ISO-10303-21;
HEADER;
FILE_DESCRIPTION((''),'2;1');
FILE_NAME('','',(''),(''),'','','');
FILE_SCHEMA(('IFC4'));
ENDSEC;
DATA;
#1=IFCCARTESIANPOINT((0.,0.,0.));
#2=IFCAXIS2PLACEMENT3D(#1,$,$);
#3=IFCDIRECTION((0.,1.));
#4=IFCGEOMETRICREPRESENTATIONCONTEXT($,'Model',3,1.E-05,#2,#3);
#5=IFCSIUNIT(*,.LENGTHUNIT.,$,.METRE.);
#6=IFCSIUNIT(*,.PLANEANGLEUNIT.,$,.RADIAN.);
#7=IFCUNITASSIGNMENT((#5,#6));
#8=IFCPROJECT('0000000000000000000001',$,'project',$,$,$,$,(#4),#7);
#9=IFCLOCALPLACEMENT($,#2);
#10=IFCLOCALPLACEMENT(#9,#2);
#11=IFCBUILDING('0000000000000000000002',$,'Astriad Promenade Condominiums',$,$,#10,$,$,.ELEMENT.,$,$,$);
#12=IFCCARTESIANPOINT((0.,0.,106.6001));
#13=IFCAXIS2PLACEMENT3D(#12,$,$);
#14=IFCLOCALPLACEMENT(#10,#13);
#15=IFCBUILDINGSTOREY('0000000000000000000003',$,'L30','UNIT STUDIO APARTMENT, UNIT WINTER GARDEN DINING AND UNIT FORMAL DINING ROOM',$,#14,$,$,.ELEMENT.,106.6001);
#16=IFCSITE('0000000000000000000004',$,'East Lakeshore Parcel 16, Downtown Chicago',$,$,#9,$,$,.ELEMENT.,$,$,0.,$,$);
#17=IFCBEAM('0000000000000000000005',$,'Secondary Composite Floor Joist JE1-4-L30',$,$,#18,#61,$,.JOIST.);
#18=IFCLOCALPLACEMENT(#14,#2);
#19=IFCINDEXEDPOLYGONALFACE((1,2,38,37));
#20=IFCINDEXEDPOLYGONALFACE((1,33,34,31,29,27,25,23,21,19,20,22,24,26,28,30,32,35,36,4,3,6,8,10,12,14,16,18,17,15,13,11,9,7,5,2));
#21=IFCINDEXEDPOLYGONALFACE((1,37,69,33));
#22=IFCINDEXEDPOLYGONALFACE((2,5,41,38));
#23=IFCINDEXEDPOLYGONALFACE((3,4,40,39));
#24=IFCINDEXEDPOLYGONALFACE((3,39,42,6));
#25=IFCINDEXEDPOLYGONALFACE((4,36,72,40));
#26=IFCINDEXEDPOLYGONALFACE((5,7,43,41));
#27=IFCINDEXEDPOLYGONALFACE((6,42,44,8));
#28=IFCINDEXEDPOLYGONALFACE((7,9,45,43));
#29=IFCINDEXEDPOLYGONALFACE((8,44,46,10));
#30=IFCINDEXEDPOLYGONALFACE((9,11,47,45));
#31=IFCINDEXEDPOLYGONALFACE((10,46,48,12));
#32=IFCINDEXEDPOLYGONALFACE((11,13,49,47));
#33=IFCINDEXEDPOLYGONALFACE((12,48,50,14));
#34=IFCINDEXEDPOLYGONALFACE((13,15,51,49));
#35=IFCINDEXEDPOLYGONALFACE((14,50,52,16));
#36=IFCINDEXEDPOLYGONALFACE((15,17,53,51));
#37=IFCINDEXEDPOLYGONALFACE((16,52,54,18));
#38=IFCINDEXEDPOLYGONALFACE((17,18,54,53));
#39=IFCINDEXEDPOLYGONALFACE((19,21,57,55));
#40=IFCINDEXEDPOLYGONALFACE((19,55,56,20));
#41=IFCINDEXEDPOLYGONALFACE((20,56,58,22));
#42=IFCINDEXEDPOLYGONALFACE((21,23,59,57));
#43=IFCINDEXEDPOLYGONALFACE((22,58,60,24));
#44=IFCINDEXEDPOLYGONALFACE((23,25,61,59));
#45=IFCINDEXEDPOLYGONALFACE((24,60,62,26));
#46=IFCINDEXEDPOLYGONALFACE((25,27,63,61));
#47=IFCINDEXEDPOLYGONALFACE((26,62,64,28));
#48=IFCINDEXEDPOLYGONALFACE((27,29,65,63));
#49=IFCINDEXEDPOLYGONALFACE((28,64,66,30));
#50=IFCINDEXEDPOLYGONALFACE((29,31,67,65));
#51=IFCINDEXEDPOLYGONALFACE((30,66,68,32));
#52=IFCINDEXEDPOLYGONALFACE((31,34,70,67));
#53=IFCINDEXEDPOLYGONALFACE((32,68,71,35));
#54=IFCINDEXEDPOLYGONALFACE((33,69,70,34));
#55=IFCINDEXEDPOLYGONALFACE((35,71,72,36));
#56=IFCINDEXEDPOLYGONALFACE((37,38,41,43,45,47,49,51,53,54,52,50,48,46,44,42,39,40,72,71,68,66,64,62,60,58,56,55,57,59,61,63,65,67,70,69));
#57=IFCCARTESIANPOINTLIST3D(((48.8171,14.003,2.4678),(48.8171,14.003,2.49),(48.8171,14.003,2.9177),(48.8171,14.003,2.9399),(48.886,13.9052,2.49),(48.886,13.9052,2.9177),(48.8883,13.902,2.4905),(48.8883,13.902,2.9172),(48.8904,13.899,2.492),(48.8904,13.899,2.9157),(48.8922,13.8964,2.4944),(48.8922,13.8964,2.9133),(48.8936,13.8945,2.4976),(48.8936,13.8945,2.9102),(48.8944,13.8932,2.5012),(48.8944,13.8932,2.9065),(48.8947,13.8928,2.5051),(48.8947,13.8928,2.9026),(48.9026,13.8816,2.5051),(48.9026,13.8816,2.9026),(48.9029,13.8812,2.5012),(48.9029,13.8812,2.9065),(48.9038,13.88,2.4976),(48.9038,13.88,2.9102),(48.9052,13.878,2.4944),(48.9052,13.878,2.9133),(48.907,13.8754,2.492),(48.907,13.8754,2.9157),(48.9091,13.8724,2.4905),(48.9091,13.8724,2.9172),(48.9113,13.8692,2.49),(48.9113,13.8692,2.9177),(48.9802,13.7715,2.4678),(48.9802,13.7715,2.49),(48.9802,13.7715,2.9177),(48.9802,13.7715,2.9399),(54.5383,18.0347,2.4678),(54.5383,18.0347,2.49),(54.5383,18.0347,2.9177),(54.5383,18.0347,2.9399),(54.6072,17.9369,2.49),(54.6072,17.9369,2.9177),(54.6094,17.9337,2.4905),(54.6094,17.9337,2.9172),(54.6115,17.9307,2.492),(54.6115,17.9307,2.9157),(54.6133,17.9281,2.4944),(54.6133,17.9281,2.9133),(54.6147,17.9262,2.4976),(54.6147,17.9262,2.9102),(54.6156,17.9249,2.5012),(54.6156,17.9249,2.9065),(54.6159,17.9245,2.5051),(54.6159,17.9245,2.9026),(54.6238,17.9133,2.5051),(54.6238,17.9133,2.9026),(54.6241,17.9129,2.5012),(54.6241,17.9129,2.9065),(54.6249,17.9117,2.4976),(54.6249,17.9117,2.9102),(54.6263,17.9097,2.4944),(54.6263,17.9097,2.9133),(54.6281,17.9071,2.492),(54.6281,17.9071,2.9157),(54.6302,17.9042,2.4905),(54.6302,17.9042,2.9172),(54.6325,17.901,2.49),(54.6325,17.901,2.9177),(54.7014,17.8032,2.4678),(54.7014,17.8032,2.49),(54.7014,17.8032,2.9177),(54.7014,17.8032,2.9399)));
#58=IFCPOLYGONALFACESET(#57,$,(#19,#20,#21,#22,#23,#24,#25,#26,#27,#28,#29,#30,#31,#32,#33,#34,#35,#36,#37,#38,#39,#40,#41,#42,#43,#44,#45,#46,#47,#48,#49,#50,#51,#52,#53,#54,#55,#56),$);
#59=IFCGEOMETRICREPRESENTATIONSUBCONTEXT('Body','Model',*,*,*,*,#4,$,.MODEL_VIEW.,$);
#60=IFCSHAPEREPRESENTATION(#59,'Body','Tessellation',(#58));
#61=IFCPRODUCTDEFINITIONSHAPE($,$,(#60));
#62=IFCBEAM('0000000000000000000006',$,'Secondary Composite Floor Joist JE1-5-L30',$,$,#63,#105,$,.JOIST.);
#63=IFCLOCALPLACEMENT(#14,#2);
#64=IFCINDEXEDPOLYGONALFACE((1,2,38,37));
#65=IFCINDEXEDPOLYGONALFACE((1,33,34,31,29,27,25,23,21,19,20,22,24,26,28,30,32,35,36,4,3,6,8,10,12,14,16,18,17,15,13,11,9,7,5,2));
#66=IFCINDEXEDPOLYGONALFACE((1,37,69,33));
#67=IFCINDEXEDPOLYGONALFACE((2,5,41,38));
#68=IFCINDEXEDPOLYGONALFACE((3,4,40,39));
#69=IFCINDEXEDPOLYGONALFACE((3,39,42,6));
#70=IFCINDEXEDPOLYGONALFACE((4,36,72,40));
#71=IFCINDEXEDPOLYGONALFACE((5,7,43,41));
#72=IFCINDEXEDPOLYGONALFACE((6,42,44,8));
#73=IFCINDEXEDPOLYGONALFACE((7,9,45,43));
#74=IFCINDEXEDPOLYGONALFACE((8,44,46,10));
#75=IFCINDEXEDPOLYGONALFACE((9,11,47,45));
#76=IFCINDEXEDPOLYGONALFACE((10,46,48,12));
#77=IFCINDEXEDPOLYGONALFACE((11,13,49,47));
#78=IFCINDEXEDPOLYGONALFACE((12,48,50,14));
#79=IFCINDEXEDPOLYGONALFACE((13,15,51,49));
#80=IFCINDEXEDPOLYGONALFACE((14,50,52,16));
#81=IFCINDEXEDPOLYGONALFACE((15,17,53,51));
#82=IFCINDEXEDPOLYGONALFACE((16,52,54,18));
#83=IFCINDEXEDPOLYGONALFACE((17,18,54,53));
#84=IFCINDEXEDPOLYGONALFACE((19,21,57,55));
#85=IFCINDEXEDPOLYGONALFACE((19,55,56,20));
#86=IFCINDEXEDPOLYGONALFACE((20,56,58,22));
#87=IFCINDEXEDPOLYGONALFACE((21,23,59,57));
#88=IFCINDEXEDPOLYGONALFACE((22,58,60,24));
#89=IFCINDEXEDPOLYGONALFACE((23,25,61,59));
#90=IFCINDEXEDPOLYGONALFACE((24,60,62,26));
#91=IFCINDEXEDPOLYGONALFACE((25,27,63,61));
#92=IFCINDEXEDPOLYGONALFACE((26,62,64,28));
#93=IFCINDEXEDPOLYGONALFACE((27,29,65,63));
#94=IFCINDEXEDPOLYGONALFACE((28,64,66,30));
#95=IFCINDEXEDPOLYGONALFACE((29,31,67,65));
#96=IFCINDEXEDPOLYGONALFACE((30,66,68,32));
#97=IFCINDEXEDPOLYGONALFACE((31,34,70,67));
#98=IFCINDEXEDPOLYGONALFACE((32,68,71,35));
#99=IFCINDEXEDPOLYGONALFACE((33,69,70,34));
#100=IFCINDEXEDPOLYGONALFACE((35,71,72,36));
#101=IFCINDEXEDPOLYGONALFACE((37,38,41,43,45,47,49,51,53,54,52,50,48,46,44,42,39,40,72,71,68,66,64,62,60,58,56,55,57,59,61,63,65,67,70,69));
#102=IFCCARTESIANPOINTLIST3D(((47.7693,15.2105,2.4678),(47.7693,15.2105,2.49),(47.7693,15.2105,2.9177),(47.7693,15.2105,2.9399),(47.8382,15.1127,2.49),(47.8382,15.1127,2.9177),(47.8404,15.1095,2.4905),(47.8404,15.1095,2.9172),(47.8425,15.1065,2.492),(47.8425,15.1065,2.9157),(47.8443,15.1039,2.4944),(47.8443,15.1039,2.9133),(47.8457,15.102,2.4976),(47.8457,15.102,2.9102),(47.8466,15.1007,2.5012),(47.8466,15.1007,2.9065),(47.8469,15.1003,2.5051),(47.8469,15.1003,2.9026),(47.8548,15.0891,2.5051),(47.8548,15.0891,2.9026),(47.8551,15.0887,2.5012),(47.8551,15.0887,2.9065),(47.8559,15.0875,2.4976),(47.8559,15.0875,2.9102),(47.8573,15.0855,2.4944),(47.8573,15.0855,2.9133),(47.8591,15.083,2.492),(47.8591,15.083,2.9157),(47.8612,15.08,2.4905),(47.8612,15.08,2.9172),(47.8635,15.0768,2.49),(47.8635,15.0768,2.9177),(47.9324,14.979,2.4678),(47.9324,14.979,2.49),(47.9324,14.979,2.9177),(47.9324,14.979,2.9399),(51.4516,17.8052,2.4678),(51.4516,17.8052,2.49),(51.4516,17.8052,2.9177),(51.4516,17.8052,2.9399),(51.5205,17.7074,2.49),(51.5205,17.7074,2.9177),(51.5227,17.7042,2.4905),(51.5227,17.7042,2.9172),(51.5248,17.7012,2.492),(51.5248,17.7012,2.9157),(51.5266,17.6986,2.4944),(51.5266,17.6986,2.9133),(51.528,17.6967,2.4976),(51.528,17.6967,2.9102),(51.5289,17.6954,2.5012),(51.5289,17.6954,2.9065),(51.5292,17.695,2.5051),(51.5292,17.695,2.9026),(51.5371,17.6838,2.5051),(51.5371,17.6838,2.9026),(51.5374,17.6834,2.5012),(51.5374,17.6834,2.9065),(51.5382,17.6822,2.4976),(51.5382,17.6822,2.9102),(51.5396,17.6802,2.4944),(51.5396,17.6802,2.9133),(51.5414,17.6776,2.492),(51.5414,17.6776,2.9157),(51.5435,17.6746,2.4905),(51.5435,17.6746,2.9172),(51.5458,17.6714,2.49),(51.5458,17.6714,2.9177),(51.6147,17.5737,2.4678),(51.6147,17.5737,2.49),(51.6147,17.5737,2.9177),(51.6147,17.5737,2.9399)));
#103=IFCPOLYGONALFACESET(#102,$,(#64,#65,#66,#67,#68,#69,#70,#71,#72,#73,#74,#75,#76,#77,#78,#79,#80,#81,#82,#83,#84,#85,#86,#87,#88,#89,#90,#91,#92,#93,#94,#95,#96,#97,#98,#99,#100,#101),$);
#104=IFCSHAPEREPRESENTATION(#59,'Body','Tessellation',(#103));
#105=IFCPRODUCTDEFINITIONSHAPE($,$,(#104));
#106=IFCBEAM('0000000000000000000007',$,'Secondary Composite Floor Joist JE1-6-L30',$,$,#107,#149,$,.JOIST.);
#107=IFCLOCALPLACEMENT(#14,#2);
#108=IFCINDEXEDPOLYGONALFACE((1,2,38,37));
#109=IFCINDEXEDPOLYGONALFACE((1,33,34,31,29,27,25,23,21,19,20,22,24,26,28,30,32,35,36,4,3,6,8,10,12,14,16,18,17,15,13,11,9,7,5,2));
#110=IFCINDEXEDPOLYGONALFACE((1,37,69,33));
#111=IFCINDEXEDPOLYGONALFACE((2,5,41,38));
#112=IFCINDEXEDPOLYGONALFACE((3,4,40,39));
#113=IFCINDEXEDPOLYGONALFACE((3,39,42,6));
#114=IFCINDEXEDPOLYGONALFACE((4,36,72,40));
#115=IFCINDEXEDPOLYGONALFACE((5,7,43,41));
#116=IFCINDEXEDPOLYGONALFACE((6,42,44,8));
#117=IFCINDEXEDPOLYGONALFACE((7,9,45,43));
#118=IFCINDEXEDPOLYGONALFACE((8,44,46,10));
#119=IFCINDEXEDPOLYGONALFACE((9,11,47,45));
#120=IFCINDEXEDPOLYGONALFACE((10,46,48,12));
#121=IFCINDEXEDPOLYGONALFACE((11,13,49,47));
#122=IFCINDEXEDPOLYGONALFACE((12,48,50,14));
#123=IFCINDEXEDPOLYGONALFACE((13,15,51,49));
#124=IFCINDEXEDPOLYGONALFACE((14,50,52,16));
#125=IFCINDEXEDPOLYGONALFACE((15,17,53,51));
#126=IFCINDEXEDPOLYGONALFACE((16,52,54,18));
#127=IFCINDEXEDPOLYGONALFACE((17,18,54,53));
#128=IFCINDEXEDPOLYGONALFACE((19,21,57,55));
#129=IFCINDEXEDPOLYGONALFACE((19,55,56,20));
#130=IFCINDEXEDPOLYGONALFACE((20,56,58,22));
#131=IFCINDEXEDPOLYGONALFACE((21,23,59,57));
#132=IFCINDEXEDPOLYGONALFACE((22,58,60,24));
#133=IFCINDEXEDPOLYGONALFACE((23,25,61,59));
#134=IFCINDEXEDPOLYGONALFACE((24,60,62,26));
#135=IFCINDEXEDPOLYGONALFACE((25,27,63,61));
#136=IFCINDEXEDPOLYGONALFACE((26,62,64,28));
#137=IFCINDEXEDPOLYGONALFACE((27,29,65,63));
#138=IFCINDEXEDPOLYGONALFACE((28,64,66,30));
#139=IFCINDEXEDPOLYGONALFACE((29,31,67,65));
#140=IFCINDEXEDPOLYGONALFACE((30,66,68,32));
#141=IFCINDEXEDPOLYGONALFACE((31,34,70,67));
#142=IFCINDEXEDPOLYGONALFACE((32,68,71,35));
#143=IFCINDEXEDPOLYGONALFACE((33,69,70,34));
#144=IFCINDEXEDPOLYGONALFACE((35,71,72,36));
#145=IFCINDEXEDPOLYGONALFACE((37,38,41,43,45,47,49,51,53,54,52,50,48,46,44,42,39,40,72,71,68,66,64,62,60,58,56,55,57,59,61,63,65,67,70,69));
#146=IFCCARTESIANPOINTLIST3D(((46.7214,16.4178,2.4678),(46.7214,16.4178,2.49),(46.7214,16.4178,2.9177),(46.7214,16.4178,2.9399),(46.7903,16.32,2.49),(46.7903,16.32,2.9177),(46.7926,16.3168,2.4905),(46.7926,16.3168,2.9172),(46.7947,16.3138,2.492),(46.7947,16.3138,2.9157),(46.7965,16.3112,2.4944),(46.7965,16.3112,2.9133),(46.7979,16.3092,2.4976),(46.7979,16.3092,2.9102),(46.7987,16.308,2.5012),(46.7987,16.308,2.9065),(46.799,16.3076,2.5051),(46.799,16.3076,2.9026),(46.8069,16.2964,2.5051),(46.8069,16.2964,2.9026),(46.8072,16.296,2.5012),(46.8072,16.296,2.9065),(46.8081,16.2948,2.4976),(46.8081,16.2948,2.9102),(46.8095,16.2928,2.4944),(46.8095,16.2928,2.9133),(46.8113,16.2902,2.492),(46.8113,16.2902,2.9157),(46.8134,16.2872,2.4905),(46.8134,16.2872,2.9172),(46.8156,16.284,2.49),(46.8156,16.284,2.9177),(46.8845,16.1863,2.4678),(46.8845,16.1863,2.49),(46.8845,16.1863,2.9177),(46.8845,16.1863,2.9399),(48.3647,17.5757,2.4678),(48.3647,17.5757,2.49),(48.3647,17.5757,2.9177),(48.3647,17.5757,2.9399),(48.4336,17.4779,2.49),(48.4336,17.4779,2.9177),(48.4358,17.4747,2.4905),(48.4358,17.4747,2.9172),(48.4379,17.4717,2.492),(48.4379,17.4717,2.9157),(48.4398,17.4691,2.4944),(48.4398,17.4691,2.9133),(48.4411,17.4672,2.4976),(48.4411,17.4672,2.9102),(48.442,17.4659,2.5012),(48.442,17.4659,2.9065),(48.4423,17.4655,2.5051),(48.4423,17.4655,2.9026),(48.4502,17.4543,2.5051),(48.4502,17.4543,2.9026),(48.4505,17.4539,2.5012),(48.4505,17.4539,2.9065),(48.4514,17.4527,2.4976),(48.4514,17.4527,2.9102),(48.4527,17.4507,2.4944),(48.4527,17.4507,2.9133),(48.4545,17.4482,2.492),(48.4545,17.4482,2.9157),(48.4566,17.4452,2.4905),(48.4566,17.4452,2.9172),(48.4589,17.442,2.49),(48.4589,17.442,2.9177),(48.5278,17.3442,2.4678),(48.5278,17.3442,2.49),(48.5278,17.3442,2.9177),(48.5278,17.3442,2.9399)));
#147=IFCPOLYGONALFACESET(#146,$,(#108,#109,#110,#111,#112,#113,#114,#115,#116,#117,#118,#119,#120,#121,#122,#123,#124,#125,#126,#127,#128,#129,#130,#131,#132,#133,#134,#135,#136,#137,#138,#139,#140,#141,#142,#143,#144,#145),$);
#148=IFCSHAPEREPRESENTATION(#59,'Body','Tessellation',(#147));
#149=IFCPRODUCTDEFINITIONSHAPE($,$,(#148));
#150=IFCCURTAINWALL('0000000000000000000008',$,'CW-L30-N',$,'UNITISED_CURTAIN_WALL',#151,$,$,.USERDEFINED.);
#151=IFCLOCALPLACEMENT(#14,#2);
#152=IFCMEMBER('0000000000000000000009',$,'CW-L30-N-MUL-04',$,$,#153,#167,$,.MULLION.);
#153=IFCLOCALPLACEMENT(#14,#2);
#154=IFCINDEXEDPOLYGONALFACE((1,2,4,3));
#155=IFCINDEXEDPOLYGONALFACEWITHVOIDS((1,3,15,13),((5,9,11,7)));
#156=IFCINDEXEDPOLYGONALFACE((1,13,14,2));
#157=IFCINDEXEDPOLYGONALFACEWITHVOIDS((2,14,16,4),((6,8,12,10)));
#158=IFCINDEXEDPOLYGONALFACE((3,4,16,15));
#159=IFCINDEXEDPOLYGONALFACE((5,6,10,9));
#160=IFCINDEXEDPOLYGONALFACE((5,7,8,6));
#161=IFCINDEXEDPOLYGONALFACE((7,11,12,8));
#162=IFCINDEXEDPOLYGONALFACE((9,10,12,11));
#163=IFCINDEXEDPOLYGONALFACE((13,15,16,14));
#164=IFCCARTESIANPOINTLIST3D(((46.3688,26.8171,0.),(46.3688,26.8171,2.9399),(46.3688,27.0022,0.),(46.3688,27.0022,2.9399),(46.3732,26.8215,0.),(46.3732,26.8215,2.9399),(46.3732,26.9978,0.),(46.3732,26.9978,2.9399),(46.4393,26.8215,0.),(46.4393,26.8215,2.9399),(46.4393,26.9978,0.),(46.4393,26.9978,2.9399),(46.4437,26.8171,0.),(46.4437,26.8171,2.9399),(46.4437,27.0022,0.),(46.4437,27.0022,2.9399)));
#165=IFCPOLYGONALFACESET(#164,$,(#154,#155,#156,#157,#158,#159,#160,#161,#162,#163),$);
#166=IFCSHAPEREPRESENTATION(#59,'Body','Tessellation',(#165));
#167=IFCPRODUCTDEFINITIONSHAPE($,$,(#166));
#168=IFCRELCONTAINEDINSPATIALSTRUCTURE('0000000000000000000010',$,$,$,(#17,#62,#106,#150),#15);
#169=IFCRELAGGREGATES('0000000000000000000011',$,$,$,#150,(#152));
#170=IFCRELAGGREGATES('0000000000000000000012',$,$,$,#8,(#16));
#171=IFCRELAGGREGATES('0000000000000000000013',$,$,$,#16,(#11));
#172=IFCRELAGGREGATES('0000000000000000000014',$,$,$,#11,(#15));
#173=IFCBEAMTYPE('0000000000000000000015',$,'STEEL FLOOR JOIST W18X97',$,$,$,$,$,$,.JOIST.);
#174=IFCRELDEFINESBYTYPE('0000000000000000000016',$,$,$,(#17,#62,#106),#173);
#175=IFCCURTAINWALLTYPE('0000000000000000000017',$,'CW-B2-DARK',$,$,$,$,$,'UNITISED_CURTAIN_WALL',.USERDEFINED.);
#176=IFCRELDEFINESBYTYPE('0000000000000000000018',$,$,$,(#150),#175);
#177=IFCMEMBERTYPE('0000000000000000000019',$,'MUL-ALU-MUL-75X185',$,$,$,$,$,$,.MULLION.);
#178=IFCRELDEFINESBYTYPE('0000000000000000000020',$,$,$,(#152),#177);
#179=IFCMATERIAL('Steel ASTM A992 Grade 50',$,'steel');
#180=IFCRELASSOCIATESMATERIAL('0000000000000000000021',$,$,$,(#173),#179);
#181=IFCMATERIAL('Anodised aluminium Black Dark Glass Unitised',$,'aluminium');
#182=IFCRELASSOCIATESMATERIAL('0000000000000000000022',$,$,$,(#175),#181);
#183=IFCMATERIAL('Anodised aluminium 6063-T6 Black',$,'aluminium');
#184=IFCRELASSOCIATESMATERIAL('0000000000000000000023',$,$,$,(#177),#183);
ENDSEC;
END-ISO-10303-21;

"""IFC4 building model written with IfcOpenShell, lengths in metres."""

from ifc_helpers import new_model, si_unit, direction, frame, origin, origin_2d, place, context, subcontext, project, spatial, hollow_rectangle, i_section, extrude, source, transform, mapped, material, material_profile, profile_set, type_object, type_shapes, element, aggregate, save


model = new_model("IFC4")

# Units and contexts
model_context = context("Model", 3, precision=1e-05, world=origin(), true_north=direction((0.0, 1.0)))
body_context = subcontext(model_context, "Body", "Model", "MODEL_VIEW")
ifc_project = project(units=[si_unit("LENGTHUNIT", "METRE"), si_unit("PLANEANGLEUNIT", "RADIAN")], contexts=[model_context])

# Site, building, storey
site_placement = place(None, origin())
site = spatial("IfcSite", under=ifc_project, at=site_placement, Name="East Lakeshore Parcel 16, Downtown Chicago", CompositionType="ELEMENT", RefElevation=0.0)
building_placement = place(site_placement, origin())
building = spatial("IfcBuilding", under=site, at=building_placement, Name="Astriad Promenade Condominiums", CompositionType="ELEMENT")
storey_placement = place(building_placement, frame((0.0, 0.0, 106.6001)))
storey = spatial("IfcBuildingStorey", under=building, at=storey_placement, Name="L30", Description="UNIT STUDIO APARTMENT, UNIT WINTER GARDEN DINING AND UNIT FORMAL DINING ROOM", CompositionType="ELEMENT", Elevation=106.6001)

# Beams
ifc_material_1 = material(Name="Steel ASTM A992 Grade 50", Category="steel")
ifc_material_profile_1 = material_profile(ifc_material_1, i_section(OverallWidth=0.2832, OverallDepth=0.4722, WebThickness=0.0137, FlangeThickness=0.0222, FilletRadius=0.0151, at=origin_2d()), Name="W18X97")
ifc_profile_set_1 = profile_set([ifc_material_profile_1], Name="Steel ASTM A992 Grade 50")
beam_type_1 = type_object("IfcBeamType", Name="STEEL FLOOR JOIST W18X97", PredefinedType="JOIST", material=ifc_profile_set_1)
shared_shape_1 = source(origin(), body_context, "Body", "SweptSolid", [
    extrude(i_section(OverallWidth=0.2832, OverallDepth=0.4722, WebThickness=0.0137, FlangeThickness=0.0222, FilletRadius=0.0151, at=origin_2d()), origin(), (0.0, 0.0, 1.0), 6.999),
])
beam_1_placement = place(storey_placement, frame((48.8987, 13.8872, 2.7039), z_axis=(0.817422, 0.576039, 0.0), x_axis=(-0.576039, 0.817422, 0.0)))
element("IfcBeam", 1, at=beam_1_placement, inside=storey, type_object=beam_type_1, Name="Secondary Composite Floor Joist JE1-4-L30", PredefinedType="JOIST", context=body_context, shape_type="MappedRepresentation", body=[
    mapped(shared_shape_1, transform((0.0, 0.0, 0.0), scale=1.0)),
])
shared_shape_2 = source(origin(), body_context, "Body", "SweptSolid", [
    extrude(i_section(OverallWidth=0.2832, OverallDepth=0.4722, WebThickness=0.0137, FlangeThickness=0.0222, FilletRadius=0.0151, at=origin_2d()), origin(), (0.0, 0.0, 1.0), 4.5046),
])
beam_2_placement = place(storey_placement, frame((47.8508, 15.0947, 2.7039), z_axis=(0.817448, 0.576002, 0.0), x_axis=(-0.576002, 0.817448, 0.0)))
element("IfcBeam", 2, at=beam_2_placement, inside=storey, type_object=beam_type_1, Name="Secondary Composite Floor Joist JE1-5-L30", PredefinedType="JOIST", context=body_context, shape_type="MappedRepresentation", body=[
    mapped(shared_shape_2, transform((0.0, 0.0, 0.0), scale=1.0)),
])
shared_shape_3 = source(origin(), body_context, "Body", "SweptSolid", [
    extrude(i_section(OverallWidth=0.2832, OverallDepth=0.4722, WebThickness=0.0137, FlangeThickness=0.0222, FilletRadius=0.0151, at=origin_2d()), origin(), (0.0, 0.0, 1.0), 2.0103),
])
beam_3_placement = place(storey_placement, frame((46.803, 16.302, 2.7039), z_axis=(0.817442, 0.576011, 0.0), x_axis=(-0.576011, 0.817442, 0.0)))
element("IfcBeam", 3, at=beam_3_placement, inside=storey, type_object=beam_type_1, Name="Secondary Composite Floor Joist JE1-6-L30", PredefinedType="JOIST", context=body_context, shape_type="MappedRepresentation", body=[
    mapped(shared_shape_3, transform((0.0, 0.0, 0.0), scale=1.0)),
])

# Curtain wall, member
ifc_material_2 = material(Name="Anodised aluminium Black Dark Glass Unitised", Category="aluminium")
curtain_wall_type = type_object("IfcCurtainWallType", Name="CW-B2-DARK", ElementType="UNITISED_CURTAIN_WALL", PredefinedType="USERDEFINED", material=ifc_material_2)
curtain_wall_placement = place(storey_placement, origin())
curtain_wall = element("IfcCurtainWall", 4, at=curtain_wall_placement, inside=storey, type_object=curtain_wall_type, Name="CW-L30-N", ObjectType="UNITISED_CURTAIN_WALL", PredefinedType="USERDEFINED")
ifc_material_3 = material(Name="Anodised aluminium 6063-T6 Black", Category="aluminium")
ifc_material_profile_2 = material_profile(ifc_material_3, hollow_rectangle(XDim=0.075, YDim=0.1851, WallThickness=0.0044, at=origin_2d()), Name="ALU-MUL-75X185")
ifc_profile_set_2 = profile_set([ifc_material_profile_2], Name="Anodised aluminium 6063-T6 Black")
member_type = type_object("IfcMemberType", Name="MUL-ALU-MUL-75X185", PredefinedType="MULLION", material=ifc_profile_set_2)
shared_shape_4 = source(origin(), body_context, "Body", "SweptSolid", [
    extrude(hollow_rectangle(XDim=0.075, YDim=0.1851, WallThickness=0.0044, at=origin_2d()), origin(), (0.0, 0.0, 1.0), 2.9399),
])
type_shapes(member_type, [shared_shape_4])
member_placement = place(storey_placement, frame((46.4062, 26.9097, 0.0), z_axis=(0.0, 0.0, 1.0), x_axis=(1.0, 0.0, 0.0)))
member = element("IfcMember", 5, at=member_placement, type_object=member_type, Name="CW-L30-N-MUL-04", PredefinedType="MULLION", context=body_context, shape_type="MappedRepresentation", body=[
    mapped(shared_shape_4, transform((0.0, 0.0, 0.0), scale=1.0)),
])
aggregate(curtain_wall, [member])

save(model, "model.ifc")
